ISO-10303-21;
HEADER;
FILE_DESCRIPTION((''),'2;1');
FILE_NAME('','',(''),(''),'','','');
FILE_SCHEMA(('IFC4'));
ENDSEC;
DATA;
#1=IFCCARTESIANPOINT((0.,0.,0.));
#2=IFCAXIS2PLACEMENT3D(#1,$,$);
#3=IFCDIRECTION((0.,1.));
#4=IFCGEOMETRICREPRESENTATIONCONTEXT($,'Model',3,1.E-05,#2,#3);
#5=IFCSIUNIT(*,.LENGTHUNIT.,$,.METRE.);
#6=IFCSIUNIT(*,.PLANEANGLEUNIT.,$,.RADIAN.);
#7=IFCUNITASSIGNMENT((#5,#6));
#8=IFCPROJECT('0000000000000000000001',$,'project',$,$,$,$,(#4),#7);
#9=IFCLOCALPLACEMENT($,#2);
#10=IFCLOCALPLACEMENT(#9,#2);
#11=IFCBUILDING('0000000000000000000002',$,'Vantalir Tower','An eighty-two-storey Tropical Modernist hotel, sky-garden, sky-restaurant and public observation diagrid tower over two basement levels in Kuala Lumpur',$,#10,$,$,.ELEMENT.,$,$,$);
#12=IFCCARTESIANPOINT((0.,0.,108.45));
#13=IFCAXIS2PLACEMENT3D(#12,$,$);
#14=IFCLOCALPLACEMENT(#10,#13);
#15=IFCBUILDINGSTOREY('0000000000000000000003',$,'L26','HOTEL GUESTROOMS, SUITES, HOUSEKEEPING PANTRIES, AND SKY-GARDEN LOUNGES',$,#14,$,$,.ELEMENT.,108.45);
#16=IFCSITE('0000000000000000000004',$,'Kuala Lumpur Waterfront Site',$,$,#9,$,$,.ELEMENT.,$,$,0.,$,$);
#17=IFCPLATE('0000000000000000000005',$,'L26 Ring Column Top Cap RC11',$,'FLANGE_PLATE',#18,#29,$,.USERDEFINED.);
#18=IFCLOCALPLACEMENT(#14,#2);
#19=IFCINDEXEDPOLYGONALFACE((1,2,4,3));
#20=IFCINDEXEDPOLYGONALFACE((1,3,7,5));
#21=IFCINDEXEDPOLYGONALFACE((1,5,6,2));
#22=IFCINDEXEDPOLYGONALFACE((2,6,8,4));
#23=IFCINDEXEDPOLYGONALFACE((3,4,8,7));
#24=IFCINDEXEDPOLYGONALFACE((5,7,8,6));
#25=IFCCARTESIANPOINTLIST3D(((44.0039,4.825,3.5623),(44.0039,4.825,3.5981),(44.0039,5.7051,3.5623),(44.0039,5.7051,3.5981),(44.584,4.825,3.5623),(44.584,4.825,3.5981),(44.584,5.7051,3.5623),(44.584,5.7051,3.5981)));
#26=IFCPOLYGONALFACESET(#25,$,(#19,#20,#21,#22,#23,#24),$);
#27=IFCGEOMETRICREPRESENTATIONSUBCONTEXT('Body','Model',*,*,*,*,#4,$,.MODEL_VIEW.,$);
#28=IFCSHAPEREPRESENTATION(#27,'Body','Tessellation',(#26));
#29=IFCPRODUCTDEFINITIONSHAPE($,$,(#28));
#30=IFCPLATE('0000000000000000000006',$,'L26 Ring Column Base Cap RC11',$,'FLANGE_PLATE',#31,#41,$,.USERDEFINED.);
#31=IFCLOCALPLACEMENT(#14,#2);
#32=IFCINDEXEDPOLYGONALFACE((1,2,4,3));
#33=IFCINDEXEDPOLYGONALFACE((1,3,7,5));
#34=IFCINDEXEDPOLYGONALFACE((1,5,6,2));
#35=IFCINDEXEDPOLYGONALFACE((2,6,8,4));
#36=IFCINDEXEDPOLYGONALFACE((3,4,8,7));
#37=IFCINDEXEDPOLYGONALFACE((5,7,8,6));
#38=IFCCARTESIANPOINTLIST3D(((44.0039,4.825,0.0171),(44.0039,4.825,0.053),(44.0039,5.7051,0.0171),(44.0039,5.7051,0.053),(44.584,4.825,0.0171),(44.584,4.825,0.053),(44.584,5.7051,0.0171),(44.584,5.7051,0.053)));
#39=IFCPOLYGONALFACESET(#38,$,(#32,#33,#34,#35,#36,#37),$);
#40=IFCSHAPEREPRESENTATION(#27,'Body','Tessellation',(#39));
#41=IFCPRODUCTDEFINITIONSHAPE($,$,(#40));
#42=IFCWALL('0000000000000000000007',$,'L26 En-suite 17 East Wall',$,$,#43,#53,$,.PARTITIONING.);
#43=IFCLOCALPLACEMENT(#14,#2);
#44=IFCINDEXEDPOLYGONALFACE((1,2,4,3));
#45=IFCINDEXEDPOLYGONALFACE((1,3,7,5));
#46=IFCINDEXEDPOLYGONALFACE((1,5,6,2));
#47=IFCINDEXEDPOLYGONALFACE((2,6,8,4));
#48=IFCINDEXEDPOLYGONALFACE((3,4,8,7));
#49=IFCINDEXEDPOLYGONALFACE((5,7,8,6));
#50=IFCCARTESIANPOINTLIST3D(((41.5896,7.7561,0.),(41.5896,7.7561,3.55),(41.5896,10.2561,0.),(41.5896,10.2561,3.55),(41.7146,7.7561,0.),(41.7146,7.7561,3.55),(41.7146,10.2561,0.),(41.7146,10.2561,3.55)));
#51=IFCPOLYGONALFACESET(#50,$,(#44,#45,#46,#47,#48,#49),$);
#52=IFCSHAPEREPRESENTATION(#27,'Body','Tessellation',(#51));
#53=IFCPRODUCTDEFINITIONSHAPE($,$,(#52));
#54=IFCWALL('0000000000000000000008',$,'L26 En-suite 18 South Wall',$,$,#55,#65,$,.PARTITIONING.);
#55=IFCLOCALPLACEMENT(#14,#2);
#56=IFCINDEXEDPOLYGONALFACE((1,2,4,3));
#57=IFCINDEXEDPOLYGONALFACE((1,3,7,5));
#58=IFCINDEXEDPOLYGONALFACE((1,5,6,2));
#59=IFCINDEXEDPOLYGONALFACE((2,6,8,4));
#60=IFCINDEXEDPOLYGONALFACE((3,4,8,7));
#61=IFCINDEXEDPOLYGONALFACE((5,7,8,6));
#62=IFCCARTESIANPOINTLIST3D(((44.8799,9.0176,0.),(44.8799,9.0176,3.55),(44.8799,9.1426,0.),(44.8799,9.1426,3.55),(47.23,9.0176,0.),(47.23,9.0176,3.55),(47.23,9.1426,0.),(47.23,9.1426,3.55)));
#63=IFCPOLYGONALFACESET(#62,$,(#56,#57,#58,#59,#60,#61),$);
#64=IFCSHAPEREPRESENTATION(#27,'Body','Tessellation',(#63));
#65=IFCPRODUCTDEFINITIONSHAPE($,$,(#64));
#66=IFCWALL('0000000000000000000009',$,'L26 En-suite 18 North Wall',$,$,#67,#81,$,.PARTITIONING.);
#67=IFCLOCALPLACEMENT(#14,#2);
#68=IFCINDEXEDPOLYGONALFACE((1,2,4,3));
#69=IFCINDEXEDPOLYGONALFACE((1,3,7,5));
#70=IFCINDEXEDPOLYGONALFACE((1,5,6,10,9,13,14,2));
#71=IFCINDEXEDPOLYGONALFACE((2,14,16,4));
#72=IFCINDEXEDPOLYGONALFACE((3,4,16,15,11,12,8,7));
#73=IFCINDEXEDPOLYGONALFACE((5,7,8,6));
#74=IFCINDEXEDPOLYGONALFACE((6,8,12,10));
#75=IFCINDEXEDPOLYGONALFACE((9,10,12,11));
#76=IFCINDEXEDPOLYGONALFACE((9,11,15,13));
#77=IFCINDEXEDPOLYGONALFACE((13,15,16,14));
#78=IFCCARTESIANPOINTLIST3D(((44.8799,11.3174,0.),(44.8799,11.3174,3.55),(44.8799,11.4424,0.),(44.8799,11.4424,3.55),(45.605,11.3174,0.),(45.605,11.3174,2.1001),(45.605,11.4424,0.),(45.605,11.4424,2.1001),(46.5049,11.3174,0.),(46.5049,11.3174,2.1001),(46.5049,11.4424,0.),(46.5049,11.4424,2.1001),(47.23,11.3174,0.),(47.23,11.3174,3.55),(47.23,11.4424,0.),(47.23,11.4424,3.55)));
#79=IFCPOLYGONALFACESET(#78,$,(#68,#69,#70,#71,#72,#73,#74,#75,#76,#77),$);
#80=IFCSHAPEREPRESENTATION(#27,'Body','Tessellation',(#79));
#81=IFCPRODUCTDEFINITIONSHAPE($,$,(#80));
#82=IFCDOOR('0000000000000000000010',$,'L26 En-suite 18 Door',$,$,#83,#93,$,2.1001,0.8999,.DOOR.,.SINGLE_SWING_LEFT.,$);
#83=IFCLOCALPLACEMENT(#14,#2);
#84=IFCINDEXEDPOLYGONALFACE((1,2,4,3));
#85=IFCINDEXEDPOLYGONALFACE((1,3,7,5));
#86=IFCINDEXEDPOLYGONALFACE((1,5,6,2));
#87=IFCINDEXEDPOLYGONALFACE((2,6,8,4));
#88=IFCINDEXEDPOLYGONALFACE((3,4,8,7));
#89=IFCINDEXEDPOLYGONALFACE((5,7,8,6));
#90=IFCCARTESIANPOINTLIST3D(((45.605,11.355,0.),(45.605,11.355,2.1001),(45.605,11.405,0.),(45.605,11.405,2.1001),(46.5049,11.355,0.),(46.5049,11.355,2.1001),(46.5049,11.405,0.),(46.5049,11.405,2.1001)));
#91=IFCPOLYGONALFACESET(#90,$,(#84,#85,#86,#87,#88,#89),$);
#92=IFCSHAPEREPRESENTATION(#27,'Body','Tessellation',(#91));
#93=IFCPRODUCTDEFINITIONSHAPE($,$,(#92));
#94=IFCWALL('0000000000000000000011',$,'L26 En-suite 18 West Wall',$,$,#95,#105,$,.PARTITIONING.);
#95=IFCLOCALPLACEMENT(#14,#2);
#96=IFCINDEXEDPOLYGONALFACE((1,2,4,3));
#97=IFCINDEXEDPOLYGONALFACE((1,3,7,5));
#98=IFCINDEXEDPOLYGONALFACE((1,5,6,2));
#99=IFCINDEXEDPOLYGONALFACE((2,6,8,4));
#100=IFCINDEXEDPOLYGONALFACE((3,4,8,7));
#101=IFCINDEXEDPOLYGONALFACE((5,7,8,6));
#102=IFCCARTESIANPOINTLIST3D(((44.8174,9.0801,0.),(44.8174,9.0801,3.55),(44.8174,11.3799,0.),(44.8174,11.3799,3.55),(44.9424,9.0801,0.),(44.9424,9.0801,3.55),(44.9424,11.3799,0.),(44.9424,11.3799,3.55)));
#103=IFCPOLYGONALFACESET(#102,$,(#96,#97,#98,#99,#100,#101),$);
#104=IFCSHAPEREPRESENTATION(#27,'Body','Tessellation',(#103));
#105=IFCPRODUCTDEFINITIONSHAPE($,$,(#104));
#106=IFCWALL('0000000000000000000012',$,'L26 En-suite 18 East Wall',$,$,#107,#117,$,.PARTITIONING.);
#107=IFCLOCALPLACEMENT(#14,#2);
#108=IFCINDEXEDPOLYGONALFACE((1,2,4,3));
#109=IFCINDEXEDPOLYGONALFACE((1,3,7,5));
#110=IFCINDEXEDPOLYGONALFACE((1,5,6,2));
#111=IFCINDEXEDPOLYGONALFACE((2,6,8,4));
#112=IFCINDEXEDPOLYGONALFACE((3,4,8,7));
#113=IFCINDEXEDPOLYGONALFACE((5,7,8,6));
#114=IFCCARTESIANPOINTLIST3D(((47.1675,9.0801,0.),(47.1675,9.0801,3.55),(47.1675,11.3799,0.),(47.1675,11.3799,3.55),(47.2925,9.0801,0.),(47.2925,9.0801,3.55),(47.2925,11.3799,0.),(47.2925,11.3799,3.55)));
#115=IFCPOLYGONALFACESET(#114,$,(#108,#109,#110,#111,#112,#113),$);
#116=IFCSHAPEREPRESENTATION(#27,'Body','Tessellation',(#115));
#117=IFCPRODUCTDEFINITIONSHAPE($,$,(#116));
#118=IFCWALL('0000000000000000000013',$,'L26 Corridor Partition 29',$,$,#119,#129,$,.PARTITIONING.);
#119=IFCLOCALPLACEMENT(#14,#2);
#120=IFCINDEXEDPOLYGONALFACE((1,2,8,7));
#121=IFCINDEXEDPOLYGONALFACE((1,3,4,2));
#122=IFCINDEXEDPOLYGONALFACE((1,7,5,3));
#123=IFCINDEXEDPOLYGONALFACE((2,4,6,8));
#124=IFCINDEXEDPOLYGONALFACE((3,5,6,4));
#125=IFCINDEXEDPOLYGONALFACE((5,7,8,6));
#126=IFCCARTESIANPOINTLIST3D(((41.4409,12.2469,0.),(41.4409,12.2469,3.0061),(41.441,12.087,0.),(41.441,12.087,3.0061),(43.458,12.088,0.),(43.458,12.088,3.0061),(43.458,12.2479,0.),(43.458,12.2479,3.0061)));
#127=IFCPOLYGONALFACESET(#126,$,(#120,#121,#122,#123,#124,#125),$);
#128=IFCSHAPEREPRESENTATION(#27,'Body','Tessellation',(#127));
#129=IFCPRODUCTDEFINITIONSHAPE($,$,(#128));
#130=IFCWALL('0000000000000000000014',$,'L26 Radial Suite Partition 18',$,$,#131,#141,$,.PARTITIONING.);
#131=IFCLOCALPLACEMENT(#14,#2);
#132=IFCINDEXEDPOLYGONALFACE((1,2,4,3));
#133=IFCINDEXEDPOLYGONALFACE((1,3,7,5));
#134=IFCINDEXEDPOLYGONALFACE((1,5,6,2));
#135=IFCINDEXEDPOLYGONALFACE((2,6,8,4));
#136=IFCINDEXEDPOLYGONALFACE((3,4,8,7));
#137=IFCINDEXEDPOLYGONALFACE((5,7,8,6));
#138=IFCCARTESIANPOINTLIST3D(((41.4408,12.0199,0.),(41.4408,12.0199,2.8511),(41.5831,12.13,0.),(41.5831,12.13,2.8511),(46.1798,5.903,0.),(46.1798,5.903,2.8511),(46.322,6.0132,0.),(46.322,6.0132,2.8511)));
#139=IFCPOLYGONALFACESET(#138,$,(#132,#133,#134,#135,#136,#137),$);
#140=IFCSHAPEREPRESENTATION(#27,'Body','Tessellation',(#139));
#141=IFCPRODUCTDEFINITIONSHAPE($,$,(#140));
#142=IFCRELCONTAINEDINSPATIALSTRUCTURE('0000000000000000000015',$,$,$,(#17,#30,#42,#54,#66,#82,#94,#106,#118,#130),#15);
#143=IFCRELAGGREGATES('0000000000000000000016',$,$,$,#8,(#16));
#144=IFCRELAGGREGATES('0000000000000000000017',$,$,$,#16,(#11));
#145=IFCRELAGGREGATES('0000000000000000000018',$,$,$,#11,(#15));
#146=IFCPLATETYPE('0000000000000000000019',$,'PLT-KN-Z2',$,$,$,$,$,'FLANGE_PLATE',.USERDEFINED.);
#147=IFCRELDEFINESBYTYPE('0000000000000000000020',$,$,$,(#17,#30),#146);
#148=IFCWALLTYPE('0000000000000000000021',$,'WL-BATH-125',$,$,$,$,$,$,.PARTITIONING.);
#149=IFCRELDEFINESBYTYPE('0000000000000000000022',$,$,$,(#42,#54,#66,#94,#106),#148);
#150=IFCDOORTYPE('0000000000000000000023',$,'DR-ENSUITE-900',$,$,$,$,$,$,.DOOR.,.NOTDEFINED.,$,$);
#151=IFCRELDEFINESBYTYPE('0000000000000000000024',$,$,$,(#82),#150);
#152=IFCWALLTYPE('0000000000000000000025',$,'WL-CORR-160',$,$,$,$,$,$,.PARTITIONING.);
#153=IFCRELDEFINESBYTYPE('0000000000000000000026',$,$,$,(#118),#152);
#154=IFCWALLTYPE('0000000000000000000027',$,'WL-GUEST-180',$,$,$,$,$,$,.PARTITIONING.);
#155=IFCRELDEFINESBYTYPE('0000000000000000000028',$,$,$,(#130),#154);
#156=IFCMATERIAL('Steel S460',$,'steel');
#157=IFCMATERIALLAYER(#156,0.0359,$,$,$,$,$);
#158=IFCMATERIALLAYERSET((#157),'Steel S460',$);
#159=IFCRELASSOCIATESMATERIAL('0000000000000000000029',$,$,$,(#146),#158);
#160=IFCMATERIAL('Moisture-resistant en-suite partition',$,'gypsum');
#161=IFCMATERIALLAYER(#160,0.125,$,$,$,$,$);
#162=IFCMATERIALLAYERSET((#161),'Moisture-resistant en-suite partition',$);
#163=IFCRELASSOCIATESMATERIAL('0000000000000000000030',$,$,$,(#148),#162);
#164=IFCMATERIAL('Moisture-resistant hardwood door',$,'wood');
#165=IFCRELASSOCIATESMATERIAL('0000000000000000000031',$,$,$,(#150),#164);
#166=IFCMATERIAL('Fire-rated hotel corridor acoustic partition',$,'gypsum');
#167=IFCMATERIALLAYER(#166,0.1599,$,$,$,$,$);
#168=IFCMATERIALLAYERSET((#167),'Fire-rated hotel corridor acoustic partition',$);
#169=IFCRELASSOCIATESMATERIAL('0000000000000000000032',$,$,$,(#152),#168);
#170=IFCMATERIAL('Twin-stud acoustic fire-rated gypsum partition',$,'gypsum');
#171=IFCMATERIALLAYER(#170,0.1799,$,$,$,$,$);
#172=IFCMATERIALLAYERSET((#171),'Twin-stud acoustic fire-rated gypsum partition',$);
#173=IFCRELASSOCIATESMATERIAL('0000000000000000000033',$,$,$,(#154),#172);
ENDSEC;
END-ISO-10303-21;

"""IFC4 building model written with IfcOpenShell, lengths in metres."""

from ifc_helpers import new_model, si_unit, direction, frame, frame_2d, origin, place, context, subcontext, project, spatial, polyline, rectangle, outline, extrude, material, layer, layer_set, type_object, element, fill, save


model = new_model("IFC4")

# Units and contexts
model_context = context("Model", 3, precision=1e-05, world=origin(), true_north=direction((0.0, 1.0)))
body_context = subcontext(model_context, "Body", "Model", "MODEL_VIEW")
ifc_project = project(units=[si_unit("LENGTHUNIT", "METRE"), si_unit("PLANEANGLEUNIT", "RADIAN")], contexts=[model_context])

# Site, building, storey
site_placement = place(None, origin())
site = spatial("IfcSite", under=ifc_project, at=site_placement, Name="Kuala Lumpur Waterfront Site", CompositionType="ELEMENT", RefElevation=0.0)
building_placement = place(site_placement, origin())
building = spatial("IfcBuilding", under=site, at=building_placement, Name="Vantalir Tower", Description="An eighty-two-storey Tropical Modernist hotel, sky-garden, sky-restaurant and public observation diagrid tower over two basement levels in Kuala Lumpur", CompositionType="ELEMENT")
storey_placement = place(building_placement, frame((0.0, 0.0, 108.45)))
storey = spatial("IfcBuildingStorey", under=building, at=storey_placement, Name="L26", Description="HOTEL GUESTROOMS, SUITES, HOUSEKEEPING PANTRIES, AND SKY-GARDEN LOUNGES", CompositionType="ELEMENT", Elevation=108.45)

# Shared definitions
ifc_material_1 = material(Name="Steel S460", Category="steel")

# Plates
ifc_layer_1 = layer(ifc_material_1, 0.0359)
ifc_layer_set_1 = layer_set([ifc_layer_1], Name="Steel S460")
plate_type_1 = type_object("IfcPlateType", Name="PLT-KN-Z2", ElementType="FLANGE_PLATE", PredefinedType="USERDEFINED", material=ifc_layer_set_1)
for number, where, z_axis, x_axis, name in (
    (1, (44.0039, 5.7051, 3.5981), (0.0, 0.0, 1.0), (0.0, -1.0, 0.0), "L26 Ring Column Top Cap RC11"),
    (2, (44.0039, 5.7051, 0.053), (0.0, 0.0, 1.0), (0.0, -1.0, 0.0), "L26 Ring Column Base Cap RC11"),
):
    element("IfcPlate", number, at=place(storey_placement, frame(where, z_axis=z_axis, x_axis=x_axis)), inside=storey, type_object=plate_type_1, Name=name, ObjectType="FLANGE_PLATE", PredefinedType="USERDEFINED", context=body_context, shape_type="SweptSolid", body=[
        extrude(outline(polyline([(0.0, 0.0), (0.8801, 0.0), (0.8801, 0.5801), (0.0, 0.5801), (0.0, 0.0)])), origin(), (0.0, 0.0, -1.0), 0.0359),
    ])

# Walls
ifc_material_2 = material(Name="Moisture-resistant en-suite partition", Category="gypsum")
ifc_layer_2 = layer(ifc_material_2, 0.125)
ifc_layer_set_2 = layer_set([ifc_layer_2], Name="Moisture-resistant en-suite partition")
wall_type_1 = type_object("IfcWallType", Name="WL-BATH-125", PredefinedType="PARTITIONING", material=ifc_layer_set_2)
wall_1_placement = place(storey_placement, frame((41.6521, 7.7561, 0.0), z_axis=(0.0, 0.0, 1.0), x_axis=(0.0, 1.0, 0.0)))
element("IfcWall", 3, at=wall_1_placement, inside=storey, type_object=wall_type_1, Name="L26 En-suite 17 East Wall", PredefinedType="PARTITIONING", context=body_context, shape_type="SweptSolid", body=[
    extrude(rectangle(XDim=2.5, YDim=0.125, at=frame_2d((1.25, 0.0))), origin(), (0.0, 0.0, 1.0), 3.55),
])
wall_2_placement = place(storey_placement, frame((44.8799, 9.0801, 0.0), z_axis=(0.0, 0.0, 1.0), x_axis=(1.0, 0.0, 0.0)))
element("IfcWall", 4, at=wall_2_placement, inside=storey, type_object=wall_type_1, Name="L26 En-suite 18 South Wall", PredefinedType="PARTITIONING", context=body_context, shape_type="SweptSolid", body=[
    extrude(rectangle(XDim=2.3501, YDim=0.125, at=frame_2d((1.175, 0.0))), origin(), (0.0, 0.0, 1.0), 3.55),
])

# Wall, opening, door
wall_3_placement = place(storey_placement, frame((44.8799, 11.3799, 0.0), z_axis=(0.0, 0.0, 1.0), x_axis=(1.0, 0.0, 0.0)))
wall_3 = element("IfcWall", 5, at=wall_3_placement, inside=storey, type_object=wall_type_1, Name="L26 En-suite 18 North Wall", PredefinedType="PARTITIONING", context=body_context, shape_type="SweptSolid", body=[
    extrude(rectangle(XDim=2.3501, YDim=0.125, at=frame_2d((1.175, 0.0))), origin(), (0.0, 0.0, 1.0), 3.55),
])
opening_placement = place(wall_3_placement, frame((0.7251, 0.0, 0.0)))
opening = element("IfcOpeningElement", 6, at=opening_placement, cuts=wall_3, PredefinedType="OPENING", context=body_context, shape_type="SweptSolid", body=[
    extrude(rectangle(XDim=0.8999, YDim=2.1001, at=frame_2d((0.45, 1.05))), frame((0.0, 0.0725, 0.0), z_axis=(0.0, -1.0, 0.0), x_axis=(1.0, 0.0, 0.0)), (0.0, 0.0, 1.0), 0.145),
])
ifc_material_3 = material(Name="Moisture-resistant hardwood door", Category="wood")
door_type = type_object("IfcDoorType", Name="DR-ENSUITE-900", OperationType="NOTDEFINED", PredefinedType="DOOR", material=ifc_material_3)
door_placement = place(opening_placement, frame((0.8999, 0.0, 0.0), z_axis=(0.0, 0.0, 1.0), x_axis=(-1.0, 0.0, 0.0)))
door = element("IfcDoor", 7, at=door_placement, inside=storey, type_object=door_type, Name="L26 En-suite 18 Door", OperationType="SINGLE_SWING_LEFT", OverallHeight=2.1001, OverallWidth=0.8999, PredefinedType="DOOR", context=body_context, shape_type="SweptSolid", body=[
    extrude(rectangle(XDim=0.8999, YDim=2.1001, at=frame_2d((0.45, 1.05))), frame((0.0, 0.0249, 0.0), z_axis=(0.0, -1.0, 0.0), x_axis=(1.0, 0.0, 0.0)), (0.0, 0.0, 1.0), 0.05),
])
fill(opening, door)

# Walls
for number, where, z_axis, x_axis, name in (
    (8, (44.8799, 9.0801, 0.0), (0.0, 0.0, 1.0), (0.0, 1.0, 0.0), "L26 En-suite 18 West Wall"),
    (9, (47.23, 9.0801, 0.0), (0.0, 0.0, 1.0), (0.0, 1.0, 0.0), "L26 En-suite 18 East Wall"),
):
    element("IfcWall", number, at=place(storey_placement, frame(where, z_axis=z_axis, x_axis=x_axis)), inside=storey, type_object=wall_type_1, Name=name, PredefinedType="PARTITIONING", context=body_context, shape_type="SweptSolid", body=[
        extrude(rectangle(XDim=2.2998, YDim=0.125, at=frame_2d((1.1499, 0.0))), origin(), (0.0, 0.0, 1.0), 3.55),
    ])
ifc_material_4 = material(Name="Fire-rated hotel corridor acoustic partition", Category="gypsum")
ifc_layer_3 = layer(ifc_material_4, 0.1599)
ifc_layer_set_3 = layer_set([ifc_layer_3], Name="Fire-rated hotel corridor acoustic partition")
wall_type_2 = type_object("IfcWallType", Name="WL-CORR-160", PredefinedType="PARTITIONING", material=ifc_layer_set_3)
wall_4_placement = place(storey_placement, frame((43.458, 12.168, 0.0), z_axis=(0.0, 0.0, 1.0), x_axis=(-1.0, -0.000484, 0.0)))
element("IfcWall", 10, at=wall_4_placement, inside=storey, type_object=wall_type_2, Name="L26 Corridor Partition 29", PredefinedType="PARTITIONING", context=body_context, shape_type="SweptSolid", body=[
    extrude(rectangle(XDim=2.0171, YDim=0.1599, at=frame_2d((1.0085, 0.0))), origin(), (0.0, 0.0, 1.0), 3.0061),
])
ifc_material_5 = material(Name="Twin-stud acoustic fire-rated gypsum partition", Category="gypsum")
ifc_layer_4 = layer(ifc_material_5, 0.1799)
ifc_layer_set_4 = layer_set([ifc_layer_4], Name="Twin-stud acoustic fire-rated gypsum partition")
wall_type_3 = type_object("IfcWallType", Name="WL-GUEST-180", PredefinedType="PARTITIONING", material=ifc_layer_set_4)
wall_5_placement = place(storey_placement, frame((41.512, 12.075, 0.0), z_axis=(0.0, 0.0, 1.0), x_axis=(0.612441, -0.790516, 0.0)))
element("IfcWall", 11, at=wall_5_placement, inside=storey, type_object=wall_type_3, Name="L26 Radial Suite Partition 18", PredefinedType="PARTITIONING", context=body_context, shape_type="SweptSolid", body=[
    extrude(rectangle(XDim=7.7378, YDim=0.1799, at=frame_2d((3.8689, 0.0))), origin(), (0.0, 0.0, 1.0), 2.8511),
])

save(model, "model.ifc")
